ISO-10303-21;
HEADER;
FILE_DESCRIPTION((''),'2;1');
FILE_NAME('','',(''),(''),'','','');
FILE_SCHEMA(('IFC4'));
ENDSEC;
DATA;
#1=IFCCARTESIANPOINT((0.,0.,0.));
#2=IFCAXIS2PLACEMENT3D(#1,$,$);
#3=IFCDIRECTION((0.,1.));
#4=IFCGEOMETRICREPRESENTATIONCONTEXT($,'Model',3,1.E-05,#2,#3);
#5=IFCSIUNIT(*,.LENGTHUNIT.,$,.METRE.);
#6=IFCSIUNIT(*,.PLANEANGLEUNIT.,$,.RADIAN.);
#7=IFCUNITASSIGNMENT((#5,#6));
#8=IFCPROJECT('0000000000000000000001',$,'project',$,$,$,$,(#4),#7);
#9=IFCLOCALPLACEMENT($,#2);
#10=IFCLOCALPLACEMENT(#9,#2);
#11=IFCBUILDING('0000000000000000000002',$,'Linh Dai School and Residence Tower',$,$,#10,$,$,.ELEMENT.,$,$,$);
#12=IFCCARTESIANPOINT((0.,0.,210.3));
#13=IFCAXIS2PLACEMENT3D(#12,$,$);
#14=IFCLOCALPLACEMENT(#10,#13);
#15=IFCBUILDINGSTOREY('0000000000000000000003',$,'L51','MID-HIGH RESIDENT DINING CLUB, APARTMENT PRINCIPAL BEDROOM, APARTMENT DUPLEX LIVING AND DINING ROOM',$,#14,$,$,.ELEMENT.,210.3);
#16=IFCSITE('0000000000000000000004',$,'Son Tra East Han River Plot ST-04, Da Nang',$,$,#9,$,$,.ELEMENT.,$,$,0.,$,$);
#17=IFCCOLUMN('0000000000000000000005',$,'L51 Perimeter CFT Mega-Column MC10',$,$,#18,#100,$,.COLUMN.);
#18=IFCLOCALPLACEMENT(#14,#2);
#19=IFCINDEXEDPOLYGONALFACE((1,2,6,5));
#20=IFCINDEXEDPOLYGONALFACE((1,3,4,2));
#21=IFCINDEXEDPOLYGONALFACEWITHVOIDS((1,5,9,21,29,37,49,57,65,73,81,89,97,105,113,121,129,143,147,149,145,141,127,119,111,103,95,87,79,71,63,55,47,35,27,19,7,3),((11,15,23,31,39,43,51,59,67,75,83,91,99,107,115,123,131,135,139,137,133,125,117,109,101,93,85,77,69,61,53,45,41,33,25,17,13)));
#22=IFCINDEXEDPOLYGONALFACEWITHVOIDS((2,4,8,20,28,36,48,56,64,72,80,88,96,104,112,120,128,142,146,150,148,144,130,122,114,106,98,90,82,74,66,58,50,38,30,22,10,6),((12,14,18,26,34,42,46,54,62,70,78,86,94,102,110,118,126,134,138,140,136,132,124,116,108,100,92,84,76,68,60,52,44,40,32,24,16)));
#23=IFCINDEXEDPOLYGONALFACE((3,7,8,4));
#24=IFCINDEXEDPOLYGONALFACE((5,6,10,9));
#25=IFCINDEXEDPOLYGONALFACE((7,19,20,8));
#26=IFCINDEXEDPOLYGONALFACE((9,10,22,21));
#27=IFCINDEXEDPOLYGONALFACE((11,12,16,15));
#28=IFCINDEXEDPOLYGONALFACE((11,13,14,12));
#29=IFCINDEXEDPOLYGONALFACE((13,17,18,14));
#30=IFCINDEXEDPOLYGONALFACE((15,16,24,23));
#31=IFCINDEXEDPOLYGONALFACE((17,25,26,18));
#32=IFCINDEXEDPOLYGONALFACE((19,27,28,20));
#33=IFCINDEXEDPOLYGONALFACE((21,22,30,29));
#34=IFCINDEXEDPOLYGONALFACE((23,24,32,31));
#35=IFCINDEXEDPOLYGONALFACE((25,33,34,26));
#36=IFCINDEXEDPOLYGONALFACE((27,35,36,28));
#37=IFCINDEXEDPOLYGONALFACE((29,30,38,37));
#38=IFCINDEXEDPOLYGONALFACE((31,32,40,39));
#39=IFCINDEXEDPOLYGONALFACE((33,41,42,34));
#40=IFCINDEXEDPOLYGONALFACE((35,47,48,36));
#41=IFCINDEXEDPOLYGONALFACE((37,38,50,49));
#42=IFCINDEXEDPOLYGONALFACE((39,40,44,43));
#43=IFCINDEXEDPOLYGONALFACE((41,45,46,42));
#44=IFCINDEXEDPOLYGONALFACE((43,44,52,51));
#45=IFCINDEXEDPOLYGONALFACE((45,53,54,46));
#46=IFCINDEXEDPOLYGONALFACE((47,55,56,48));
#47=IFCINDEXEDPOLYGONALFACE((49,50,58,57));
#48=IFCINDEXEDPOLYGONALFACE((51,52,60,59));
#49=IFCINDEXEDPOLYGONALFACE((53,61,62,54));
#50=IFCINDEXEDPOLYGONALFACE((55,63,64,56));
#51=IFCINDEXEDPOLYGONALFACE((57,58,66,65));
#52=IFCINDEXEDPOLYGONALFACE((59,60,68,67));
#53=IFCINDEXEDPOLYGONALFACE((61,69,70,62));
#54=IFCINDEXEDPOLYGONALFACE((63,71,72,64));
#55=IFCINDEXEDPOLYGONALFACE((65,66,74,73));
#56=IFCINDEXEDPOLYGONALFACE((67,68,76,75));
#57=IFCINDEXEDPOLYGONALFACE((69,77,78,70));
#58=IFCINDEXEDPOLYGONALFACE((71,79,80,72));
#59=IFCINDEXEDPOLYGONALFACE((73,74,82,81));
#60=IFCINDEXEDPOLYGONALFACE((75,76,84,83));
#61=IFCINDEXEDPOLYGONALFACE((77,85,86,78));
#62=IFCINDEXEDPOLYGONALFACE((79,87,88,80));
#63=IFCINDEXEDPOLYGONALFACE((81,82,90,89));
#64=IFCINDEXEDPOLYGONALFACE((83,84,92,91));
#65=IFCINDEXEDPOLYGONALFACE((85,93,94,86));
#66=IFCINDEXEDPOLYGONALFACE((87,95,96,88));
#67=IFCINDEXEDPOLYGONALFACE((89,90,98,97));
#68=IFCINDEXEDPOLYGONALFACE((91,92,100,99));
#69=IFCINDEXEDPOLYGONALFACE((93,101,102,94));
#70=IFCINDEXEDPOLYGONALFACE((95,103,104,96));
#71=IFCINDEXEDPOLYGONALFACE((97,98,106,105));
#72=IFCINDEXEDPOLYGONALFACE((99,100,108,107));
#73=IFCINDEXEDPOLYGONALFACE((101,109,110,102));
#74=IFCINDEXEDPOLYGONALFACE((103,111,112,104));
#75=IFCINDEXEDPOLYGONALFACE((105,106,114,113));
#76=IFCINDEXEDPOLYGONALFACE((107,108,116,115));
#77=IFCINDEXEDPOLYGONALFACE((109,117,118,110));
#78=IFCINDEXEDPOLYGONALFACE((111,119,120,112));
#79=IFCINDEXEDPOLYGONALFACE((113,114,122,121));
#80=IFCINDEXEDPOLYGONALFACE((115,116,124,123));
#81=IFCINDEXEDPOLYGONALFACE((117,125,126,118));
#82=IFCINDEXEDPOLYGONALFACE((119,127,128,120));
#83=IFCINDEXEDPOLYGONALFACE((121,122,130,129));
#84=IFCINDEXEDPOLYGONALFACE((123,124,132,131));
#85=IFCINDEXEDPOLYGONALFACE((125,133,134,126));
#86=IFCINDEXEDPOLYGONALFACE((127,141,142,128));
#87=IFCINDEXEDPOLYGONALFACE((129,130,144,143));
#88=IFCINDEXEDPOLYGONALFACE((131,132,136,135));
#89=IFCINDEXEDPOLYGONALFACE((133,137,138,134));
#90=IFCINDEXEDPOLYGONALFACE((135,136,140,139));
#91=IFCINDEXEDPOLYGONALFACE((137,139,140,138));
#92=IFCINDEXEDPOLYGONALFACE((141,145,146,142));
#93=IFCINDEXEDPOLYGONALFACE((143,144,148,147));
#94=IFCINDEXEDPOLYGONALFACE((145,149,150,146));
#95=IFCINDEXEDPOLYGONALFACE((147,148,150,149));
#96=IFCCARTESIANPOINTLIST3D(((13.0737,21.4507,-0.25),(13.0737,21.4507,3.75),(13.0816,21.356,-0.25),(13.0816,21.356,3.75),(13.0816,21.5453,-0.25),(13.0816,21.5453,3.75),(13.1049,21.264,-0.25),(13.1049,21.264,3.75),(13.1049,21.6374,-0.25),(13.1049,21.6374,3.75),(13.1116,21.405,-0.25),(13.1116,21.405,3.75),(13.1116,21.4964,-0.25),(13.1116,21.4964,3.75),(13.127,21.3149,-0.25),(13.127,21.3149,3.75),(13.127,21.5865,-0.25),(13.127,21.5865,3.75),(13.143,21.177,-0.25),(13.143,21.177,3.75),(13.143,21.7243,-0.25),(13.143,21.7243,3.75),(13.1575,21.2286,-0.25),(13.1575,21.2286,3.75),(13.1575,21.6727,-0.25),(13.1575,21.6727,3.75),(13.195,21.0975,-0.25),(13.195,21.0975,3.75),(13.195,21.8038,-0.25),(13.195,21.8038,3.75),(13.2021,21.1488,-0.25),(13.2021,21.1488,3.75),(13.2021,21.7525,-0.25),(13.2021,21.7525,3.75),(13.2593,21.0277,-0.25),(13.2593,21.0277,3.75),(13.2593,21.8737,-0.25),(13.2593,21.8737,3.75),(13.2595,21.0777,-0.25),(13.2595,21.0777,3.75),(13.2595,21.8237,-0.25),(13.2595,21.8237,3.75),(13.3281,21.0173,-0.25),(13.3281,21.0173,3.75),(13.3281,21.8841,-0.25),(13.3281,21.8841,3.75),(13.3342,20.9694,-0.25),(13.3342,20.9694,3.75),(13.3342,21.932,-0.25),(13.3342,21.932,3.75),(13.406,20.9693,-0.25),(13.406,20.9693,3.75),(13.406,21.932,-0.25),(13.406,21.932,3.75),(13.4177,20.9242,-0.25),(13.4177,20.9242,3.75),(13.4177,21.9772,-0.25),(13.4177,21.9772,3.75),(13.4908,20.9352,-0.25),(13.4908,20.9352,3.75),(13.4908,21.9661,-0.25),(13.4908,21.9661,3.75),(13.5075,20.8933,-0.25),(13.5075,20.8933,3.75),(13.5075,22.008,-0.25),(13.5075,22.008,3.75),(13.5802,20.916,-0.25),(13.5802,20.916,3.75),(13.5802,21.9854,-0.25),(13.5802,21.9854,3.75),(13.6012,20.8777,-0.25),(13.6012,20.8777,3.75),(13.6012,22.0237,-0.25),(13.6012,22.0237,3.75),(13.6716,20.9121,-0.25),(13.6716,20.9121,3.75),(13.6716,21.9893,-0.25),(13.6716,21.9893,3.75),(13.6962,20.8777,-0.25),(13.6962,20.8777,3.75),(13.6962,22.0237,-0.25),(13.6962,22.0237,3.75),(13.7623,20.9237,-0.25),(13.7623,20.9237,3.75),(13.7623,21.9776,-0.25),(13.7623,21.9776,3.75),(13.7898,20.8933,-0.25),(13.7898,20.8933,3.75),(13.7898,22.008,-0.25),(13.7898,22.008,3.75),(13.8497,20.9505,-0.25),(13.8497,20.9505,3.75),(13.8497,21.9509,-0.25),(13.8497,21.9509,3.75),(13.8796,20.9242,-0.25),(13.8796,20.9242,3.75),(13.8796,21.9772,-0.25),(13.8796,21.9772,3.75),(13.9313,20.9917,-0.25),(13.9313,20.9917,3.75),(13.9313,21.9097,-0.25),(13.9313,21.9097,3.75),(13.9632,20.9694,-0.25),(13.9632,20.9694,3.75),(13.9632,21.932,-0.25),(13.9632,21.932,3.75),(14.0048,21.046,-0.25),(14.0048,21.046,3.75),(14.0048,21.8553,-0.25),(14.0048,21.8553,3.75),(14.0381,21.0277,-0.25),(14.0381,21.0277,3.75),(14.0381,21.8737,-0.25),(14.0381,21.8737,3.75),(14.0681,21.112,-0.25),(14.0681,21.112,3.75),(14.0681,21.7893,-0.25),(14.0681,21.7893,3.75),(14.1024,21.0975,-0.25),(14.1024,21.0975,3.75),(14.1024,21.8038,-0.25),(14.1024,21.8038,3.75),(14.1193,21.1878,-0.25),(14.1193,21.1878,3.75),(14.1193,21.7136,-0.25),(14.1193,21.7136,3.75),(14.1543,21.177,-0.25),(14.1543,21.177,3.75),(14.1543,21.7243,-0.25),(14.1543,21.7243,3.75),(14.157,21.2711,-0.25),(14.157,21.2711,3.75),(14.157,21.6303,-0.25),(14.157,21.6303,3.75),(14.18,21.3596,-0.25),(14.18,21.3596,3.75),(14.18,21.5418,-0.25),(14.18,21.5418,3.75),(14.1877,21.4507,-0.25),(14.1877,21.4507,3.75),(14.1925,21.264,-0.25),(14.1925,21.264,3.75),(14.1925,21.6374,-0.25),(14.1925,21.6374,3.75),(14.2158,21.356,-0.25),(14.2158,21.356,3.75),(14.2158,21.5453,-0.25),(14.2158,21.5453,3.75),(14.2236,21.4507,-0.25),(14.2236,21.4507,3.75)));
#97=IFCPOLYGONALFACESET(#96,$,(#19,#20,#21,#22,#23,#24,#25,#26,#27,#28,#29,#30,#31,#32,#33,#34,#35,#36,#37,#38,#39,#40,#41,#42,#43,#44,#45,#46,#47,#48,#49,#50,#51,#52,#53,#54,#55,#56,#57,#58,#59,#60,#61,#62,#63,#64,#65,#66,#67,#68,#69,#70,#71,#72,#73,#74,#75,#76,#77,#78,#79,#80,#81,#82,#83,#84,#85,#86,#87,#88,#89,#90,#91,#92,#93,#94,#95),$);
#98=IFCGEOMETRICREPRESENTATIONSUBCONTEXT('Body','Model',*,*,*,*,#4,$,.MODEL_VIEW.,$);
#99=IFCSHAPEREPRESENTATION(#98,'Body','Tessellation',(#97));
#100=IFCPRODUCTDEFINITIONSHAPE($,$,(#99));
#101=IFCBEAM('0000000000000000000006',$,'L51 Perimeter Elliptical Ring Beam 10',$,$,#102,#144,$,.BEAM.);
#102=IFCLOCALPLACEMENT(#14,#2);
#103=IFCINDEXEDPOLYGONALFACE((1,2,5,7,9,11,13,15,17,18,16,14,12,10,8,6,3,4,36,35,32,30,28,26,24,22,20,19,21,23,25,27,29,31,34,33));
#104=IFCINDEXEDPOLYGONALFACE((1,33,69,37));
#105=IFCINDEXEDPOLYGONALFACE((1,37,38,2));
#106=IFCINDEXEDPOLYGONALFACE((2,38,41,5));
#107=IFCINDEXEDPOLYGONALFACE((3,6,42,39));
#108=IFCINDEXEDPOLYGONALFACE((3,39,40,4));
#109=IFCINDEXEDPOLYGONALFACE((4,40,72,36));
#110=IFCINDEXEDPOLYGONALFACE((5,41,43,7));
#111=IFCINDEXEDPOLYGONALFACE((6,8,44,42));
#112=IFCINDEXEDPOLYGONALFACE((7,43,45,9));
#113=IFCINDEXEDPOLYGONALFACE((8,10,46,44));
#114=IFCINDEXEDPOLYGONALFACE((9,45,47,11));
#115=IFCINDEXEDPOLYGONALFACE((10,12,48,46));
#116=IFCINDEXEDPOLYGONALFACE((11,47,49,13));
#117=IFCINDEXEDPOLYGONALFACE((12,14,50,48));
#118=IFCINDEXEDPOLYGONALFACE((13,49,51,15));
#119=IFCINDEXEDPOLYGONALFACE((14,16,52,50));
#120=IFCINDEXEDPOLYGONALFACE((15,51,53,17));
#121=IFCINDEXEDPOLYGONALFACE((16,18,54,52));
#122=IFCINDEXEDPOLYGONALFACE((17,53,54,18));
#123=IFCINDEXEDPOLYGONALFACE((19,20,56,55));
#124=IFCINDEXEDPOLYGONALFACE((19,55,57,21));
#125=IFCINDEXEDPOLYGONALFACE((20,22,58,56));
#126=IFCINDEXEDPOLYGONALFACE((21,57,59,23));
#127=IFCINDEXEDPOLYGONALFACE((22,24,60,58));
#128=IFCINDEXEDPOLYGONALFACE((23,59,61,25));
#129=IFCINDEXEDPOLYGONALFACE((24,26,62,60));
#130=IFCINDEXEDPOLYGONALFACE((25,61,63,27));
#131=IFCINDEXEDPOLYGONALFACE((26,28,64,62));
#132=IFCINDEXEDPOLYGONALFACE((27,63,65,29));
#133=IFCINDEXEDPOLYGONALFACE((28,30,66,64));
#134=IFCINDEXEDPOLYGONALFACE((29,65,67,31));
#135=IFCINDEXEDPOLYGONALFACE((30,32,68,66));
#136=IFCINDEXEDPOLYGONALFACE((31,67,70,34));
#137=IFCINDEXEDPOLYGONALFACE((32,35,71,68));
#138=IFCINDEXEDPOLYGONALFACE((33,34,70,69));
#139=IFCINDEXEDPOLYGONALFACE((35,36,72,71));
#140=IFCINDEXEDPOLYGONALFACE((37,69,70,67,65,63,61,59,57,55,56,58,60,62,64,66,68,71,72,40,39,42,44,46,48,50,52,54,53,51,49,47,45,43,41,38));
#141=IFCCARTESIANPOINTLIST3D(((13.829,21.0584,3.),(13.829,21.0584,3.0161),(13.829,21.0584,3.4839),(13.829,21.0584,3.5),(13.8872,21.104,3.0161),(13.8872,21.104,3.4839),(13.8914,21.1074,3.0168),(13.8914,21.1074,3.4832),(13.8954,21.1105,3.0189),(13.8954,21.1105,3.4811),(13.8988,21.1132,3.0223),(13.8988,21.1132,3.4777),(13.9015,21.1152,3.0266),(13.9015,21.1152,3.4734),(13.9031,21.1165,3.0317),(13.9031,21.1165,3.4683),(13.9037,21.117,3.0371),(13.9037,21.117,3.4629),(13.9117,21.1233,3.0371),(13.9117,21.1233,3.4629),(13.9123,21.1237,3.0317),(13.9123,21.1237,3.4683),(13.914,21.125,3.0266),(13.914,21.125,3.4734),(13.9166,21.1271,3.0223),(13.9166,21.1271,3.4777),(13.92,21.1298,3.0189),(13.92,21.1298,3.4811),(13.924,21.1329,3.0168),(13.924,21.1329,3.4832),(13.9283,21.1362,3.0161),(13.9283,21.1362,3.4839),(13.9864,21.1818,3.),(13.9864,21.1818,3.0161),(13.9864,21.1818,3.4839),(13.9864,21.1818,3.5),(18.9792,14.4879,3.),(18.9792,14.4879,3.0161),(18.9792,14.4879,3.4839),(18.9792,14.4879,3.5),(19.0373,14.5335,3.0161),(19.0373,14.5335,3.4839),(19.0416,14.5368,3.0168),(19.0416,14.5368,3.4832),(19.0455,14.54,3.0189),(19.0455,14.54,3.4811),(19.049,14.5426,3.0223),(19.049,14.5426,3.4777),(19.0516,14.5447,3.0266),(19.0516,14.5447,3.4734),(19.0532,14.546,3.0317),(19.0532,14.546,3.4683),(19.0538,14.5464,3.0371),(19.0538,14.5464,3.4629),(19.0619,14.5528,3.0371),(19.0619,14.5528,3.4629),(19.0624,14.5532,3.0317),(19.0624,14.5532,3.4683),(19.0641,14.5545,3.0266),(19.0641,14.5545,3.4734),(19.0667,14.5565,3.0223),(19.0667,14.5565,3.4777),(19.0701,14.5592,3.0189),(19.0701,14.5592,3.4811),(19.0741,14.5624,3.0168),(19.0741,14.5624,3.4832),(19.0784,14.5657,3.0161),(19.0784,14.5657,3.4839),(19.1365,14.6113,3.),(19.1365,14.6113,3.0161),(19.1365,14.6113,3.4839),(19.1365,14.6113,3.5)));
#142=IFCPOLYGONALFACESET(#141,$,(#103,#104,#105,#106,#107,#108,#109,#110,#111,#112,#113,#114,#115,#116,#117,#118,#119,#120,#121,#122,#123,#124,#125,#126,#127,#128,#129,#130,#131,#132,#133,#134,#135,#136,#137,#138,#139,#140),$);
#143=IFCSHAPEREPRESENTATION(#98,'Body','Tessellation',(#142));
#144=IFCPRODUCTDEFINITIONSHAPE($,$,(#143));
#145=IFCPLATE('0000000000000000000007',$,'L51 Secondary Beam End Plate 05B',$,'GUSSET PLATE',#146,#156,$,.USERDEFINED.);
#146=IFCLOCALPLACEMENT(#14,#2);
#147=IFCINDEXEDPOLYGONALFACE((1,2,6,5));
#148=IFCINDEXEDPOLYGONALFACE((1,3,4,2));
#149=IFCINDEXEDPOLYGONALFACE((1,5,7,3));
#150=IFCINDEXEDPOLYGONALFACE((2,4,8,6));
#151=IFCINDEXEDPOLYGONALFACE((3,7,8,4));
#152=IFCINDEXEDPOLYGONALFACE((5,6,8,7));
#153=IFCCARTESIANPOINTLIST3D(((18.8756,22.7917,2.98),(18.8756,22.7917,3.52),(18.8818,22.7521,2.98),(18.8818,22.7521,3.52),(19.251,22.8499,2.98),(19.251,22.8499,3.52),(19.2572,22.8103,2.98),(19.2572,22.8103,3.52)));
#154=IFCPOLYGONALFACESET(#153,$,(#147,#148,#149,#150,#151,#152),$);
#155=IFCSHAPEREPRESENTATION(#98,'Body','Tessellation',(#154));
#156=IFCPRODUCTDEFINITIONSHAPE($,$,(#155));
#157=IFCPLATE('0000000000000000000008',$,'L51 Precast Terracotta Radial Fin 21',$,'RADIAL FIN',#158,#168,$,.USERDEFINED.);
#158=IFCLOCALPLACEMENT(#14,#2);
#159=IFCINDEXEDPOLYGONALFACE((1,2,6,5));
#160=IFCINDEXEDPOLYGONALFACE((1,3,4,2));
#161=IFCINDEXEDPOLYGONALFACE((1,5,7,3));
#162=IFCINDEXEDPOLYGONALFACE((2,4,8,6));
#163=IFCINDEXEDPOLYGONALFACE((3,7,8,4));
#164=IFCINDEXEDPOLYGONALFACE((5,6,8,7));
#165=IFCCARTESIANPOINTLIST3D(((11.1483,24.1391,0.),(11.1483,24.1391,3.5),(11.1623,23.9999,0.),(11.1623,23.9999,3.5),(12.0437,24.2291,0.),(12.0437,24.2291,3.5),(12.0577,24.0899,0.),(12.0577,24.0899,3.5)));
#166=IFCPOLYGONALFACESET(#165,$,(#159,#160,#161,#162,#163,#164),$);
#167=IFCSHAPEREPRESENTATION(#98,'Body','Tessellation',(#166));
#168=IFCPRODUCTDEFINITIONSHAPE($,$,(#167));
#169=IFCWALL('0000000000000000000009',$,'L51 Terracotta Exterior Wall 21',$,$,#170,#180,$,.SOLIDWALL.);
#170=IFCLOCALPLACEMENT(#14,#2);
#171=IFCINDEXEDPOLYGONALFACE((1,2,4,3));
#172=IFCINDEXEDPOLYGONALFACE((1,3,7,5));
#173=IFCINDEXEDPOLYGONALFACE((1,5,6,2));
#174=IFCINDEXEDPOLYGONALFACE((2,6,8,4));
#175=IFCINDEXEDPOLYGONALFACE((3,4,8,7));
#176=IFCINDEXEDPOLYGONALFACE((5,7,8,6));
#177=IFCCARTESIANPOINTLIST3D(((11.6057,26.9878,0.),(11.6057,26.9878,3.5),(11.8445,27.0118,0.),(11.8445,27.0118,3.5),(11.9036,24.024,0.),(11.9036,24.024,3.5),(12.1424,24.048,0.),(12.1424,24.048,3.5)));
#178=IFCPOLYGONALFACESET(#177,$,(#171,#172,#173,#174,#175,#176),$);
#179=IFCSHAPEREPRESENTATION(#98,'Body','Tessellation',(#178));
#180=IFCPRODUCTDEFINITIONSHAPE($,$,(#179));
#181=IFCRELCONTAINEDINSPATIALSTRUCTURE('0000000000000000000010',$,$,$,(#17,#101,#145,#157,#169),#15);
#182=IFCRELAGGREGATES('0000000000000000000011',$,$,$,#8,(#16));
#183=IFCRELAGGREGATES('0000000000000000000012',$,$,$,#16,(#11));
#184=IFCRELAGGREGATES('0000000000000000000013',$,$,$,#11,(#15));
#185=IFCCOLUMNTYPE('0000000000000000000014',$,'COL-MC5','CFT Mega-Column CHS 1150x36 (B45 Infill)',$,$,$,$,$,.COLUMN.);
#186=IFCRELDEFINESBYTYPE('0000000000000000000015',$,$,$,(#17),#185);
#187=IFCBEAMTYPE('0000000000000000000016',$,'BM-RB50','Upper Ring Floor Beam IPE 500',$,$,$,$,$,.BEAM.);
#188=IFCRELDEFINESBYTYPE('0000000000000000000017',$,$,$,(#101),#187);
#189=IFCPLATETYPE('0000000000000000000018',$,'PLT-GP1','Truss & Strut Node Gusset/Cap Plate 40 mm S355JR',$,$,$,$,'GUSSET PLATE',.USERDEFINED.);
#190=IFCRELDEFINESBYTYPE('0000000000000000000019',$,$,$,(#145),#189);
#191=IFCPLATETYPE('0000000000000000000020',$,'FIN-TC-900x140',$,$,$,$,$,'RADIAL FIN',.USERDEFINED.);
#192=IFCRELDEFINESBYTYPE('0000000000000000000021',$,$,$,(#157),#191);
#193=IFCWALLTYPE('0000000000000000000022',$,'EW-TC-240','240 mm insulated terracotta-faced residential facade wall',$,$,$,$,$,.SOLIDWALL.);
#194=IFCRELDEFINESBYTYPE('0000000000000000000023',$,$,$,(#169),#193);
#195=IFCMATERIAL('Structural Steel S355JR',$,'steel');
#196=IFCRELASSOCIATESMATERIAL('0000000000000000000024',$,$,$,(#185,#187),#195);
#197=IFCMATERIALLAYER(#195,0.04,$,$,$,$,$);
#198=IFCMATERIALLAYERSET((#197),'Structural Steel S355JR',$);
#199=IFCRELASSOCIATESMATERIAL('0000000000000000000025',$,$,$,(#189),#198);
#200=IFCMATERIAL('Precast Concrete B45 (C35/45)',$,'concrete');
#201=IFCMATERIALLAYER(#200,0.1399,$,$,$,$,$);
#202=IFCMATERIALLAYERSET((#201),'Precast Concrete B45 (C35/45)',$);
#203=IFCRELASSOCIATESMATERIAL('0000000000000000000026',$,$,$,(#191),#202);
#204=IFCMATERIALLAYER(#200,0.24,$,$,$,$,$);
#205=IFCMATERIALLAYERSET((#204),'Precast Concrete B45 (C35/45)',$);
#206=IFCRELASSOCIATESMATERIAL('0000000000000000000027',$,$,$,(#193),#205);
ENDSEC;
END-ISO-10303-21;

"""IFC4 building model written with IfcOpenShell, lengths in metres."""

from ifc_helpers import new_model, si_unit, direction, frame, frame_2d, origin, origin_2d, place, context, subcontext, project, spatial, rectangle, hollow_circle, i_section, extrude, source, transform, mapped, material, layer, layer_set, material_profile, profile_set, type_object, element, save


model = new_model("IFC4")

# Units and contexts
model_context = context("Model", 3, precision=1e-05, world=origin(), true_north=direction((0.0, 1.0)))
body_context = subcontext(model_context, "Body", "Model", "MODEL_VIEW")
ifc_project = project(units=[si_unit("LENGTHUNIT", "METRE"), si_unit("PLANEANGLEUNIT", "RADIAN")], contexts=[model_context])

# Site, building, storey
site_placement = place(None, origin())
site = spatial("IfcSite", under=ifc_project, at=site_placement, Name="Son Tra East Han River Plot ST-04, Da Nang", CompositionType="ELEMENT", RefElevation=0.0)
building_placement = place(site_placement, origin())
building = spatial("IfcBuilding", under=site, at=building_placement, Name="Linh Dai School and Residence Tower", CompositionType="ELEMENT")
storey_placement = place(building_placement, frame((0.0, 0.0, 210.3)))
storey = spatial("IfcBuildingStorey", under=building, at=storey_placement, Name="L51", Description="MID-HIGH RESIDENT DINING CLUB, APARTMENT PRINCIPAL BEDROOM, APARTMENT DUPLEX LIVING AND DINING ROOM", CompositionType="ELEMENT", Elevation=210.3)

# Column
ifc_material_1 = material(Name="Structural Steel S355JR", Category="steel")
ifc_material_profile_1 = material_profile(ifc_material_1, hollow_circle(Radius=0.575, WallThickness=0.0359, at=origin_2d()), Name="CHS 1150x36")
ifc_profile_set_1 = profile_set([ifc_material_profile_1], Name="Structural Steel S355JR")
column_type = type_object("IfcColumnType", Name="COL-MC5", Description="CFT Mega-Column CHS 1150x36 (B45 Infill)", PredefinedType="COLUMN", material=ifc_profile_set_1)
column_placement = place(storey_placement, frame((13.6487, 21.4507, -0.25), z_axis=(0.0, 0.0, 1.0), x_axis=(1.0, 0.0, 0.0)))
element("IfcColumn", 1, at=column_placement, inside=storey, type_object=column_type, Name="L51 Perimeter CFT Mega-Column MC10", PredefinedType="COLUMN", context=body_context, shape_type="SweptSolid", body=[
    extrude(hollow_circle(Radius=0.575, WallThickness=0.0359, at=origin_2d()), origin(), (0.0, 0.0, 1.0), 4.0),
])

# Beam
ifc_material_profile_2 = material_profile(ifc_material_1, i_section(OverallWidth=0.2, OverallDepth=0.5, WebThickness=0.0103, FlangeThickness=0.0161, FilletRadius=0.021, at=origin_2d()), Name="IPE 500")
ifc_profile_set_2 = profile_set([ifc_material_profile_2], Name="Structural Steel S355JR")
beam_type = type_object("IfcBeamType", Name="BM-RB50", Description="Upper Ring Floor Beam IPE 500", PredefinedType="BEAM", material=ifc_profile_set_2)
beam_placement = place(storey_placement, frame((13.9077, 21.1201, 3.25), z_axis=(0.6169, -0.787041, 0.0), x_axis=(0.787041, 0.6169, 0.0)))
element("IfcBeam", 2, at=beam_placement, inside=storey, type_object=beam_type, Name="L51 Perimeter Elliptical Ring Beam 10", PredefinedType="BEAM", context=body_context, shape_type="SweptSolid", body=[
    extrude(i_section(OverallWidth=0.2, OverallDepth=0.5, WebThickness=0.0103, FlangeThickness=0.0161, FilletRadius=0.021, at=origin_2d()), origin(), (0.0, 0.0, 1.0), 8.3484),
])

# Plates
ifc_layer_1 = layer(ifc_material_1, 0.04)
ifc_layer_set_1 = layer_set([ifc_layer_1], Name="Structural Steel S355JR")
plate_type_1 = type_object("IfcPlateType", Name="PLT-GP1", Description="Truss & Strut Node Gusset/Cap Plate 40 mm S355JR", ElementType="GUSSET PLATE", PredefinedType="USERDEFINED", material=ifc_layer_set_1)
shared_shape_1 = source(origin(), body_context, "Body", "SweptSolid", [
    extrude(rectangle(XDim=0.04, YDim=0.3799, at=origin_2d()), origin(), (0.0, 0.0, 1.0), 0.54),
])
plate_1_placement = place(storey_placement, frame((19.0664, 22.801, 2.98), z_axis=(0.0, 0.0, 1.0), x_axis=(0.153186, -0.988197, 0.0)))
element("IfcPlate", 3, at=plate_1_placement, inside=storey, type_object=plate_type_1, Name="L51 Secondary Beam End Plate 05B", ObjectType="GUSSET PLATE", PredefinedType="USERDEFINED", context=body_context, shape_type="MappedRepresentation", body=[
    mapped(shared_shape_1, transform((0.0, 0.0, 0.0), x_axis=(1.0, 0.0, 0.0), y_axis=(0.0, 1.0, 0.0), z_axis=(0.0, 0.0, 1.0), scale=1.0)),
])
ifc_material_2 = material(Name="Precast Concrete B45 (C35/45)", Category="concrete")
ifc_layer_2 = layer(ifc_material_2, 0.1399)
ifc_layer_set_2 = layer_set([ifc_layer_2], Name="Precast Concrete B45 (C35/45)")
plate_type_2 = type_object("IfcPlateType", Name="FIN-TC-900x140", ElementType="RADIAL FIN", PredefinedType="USERDEFINED", material=ifc_layer_set_2)
shared_shape_2 = source(origin(), body_context, "Body", "SweptSolid", [
    extrude(rectangle(XDim=0.8999, YDim=0.1399, at=origin_2d()), origin(), (0.0, 0.0, 1.0), 3.5),
])
plate_2_placement = place(storey_placement, frame((11.603, 24.1145, 0.0), z_axis=(0.0, 0.0, 1.0), x_axis=(-0.994986, -0.100012, 0.0)))
element("IfcPlate", 4, at=plate_2_placement, inside=storey, type_object=plate_type_2, Name="L51 Precast Terracotta Radial Fin 21", ObjectType="RADIAL FIN", PredefinedType="USERDEFINED", context=body_context, shape_type="MappedRepresentation", body=[
    mapped(shared_shape_2, transform((0.0, 0.0, 0.0), x_axis=(1.0, 0.0, 0.0), y_axis=(0.0, 1.0, 0.0), z_axis=(0.0, 0.0, 1.0), scale=1.0)),
])

# Wall
ifc_layer_3 = layer(ifc_material_2, 0.24)
ifc_layer_set_3 = layer_set([ifc_layer_3], Name="Precast Concrete B45 (C35/45)")
wall_type_1 = type_object("IfcWallType", Name="EW-TC-240", Description="240 mm insulated terracotta-faced residential facade wall", PredefinedType="SOLIDWALL", material=ifc_layer_set_3)
wall_1_placement = place(storey_placement, frame((12.0229, 24.0361, 0.0), z_axis=(0.0, 0.0, 1.0), x_axis=(-0.099991, 0.994988, 0.0)))
element("IfcWall", 5, at=wall_1_placement, inside=storey, type_object=wall_type_1, Name="L51 Terracotta Exterior Wall 21", PredefinedType="SOLIDWALL", context=body_context, shape_type="SweptSolid", body=[
    extrude(rectangle(XDim=2.9788, YDim=0.24, at=frame_2d((1.4893, 0.0))), origin(), (0.0, 0.0, 1.0), 3.5),
])

save(model, "model.ifc")
